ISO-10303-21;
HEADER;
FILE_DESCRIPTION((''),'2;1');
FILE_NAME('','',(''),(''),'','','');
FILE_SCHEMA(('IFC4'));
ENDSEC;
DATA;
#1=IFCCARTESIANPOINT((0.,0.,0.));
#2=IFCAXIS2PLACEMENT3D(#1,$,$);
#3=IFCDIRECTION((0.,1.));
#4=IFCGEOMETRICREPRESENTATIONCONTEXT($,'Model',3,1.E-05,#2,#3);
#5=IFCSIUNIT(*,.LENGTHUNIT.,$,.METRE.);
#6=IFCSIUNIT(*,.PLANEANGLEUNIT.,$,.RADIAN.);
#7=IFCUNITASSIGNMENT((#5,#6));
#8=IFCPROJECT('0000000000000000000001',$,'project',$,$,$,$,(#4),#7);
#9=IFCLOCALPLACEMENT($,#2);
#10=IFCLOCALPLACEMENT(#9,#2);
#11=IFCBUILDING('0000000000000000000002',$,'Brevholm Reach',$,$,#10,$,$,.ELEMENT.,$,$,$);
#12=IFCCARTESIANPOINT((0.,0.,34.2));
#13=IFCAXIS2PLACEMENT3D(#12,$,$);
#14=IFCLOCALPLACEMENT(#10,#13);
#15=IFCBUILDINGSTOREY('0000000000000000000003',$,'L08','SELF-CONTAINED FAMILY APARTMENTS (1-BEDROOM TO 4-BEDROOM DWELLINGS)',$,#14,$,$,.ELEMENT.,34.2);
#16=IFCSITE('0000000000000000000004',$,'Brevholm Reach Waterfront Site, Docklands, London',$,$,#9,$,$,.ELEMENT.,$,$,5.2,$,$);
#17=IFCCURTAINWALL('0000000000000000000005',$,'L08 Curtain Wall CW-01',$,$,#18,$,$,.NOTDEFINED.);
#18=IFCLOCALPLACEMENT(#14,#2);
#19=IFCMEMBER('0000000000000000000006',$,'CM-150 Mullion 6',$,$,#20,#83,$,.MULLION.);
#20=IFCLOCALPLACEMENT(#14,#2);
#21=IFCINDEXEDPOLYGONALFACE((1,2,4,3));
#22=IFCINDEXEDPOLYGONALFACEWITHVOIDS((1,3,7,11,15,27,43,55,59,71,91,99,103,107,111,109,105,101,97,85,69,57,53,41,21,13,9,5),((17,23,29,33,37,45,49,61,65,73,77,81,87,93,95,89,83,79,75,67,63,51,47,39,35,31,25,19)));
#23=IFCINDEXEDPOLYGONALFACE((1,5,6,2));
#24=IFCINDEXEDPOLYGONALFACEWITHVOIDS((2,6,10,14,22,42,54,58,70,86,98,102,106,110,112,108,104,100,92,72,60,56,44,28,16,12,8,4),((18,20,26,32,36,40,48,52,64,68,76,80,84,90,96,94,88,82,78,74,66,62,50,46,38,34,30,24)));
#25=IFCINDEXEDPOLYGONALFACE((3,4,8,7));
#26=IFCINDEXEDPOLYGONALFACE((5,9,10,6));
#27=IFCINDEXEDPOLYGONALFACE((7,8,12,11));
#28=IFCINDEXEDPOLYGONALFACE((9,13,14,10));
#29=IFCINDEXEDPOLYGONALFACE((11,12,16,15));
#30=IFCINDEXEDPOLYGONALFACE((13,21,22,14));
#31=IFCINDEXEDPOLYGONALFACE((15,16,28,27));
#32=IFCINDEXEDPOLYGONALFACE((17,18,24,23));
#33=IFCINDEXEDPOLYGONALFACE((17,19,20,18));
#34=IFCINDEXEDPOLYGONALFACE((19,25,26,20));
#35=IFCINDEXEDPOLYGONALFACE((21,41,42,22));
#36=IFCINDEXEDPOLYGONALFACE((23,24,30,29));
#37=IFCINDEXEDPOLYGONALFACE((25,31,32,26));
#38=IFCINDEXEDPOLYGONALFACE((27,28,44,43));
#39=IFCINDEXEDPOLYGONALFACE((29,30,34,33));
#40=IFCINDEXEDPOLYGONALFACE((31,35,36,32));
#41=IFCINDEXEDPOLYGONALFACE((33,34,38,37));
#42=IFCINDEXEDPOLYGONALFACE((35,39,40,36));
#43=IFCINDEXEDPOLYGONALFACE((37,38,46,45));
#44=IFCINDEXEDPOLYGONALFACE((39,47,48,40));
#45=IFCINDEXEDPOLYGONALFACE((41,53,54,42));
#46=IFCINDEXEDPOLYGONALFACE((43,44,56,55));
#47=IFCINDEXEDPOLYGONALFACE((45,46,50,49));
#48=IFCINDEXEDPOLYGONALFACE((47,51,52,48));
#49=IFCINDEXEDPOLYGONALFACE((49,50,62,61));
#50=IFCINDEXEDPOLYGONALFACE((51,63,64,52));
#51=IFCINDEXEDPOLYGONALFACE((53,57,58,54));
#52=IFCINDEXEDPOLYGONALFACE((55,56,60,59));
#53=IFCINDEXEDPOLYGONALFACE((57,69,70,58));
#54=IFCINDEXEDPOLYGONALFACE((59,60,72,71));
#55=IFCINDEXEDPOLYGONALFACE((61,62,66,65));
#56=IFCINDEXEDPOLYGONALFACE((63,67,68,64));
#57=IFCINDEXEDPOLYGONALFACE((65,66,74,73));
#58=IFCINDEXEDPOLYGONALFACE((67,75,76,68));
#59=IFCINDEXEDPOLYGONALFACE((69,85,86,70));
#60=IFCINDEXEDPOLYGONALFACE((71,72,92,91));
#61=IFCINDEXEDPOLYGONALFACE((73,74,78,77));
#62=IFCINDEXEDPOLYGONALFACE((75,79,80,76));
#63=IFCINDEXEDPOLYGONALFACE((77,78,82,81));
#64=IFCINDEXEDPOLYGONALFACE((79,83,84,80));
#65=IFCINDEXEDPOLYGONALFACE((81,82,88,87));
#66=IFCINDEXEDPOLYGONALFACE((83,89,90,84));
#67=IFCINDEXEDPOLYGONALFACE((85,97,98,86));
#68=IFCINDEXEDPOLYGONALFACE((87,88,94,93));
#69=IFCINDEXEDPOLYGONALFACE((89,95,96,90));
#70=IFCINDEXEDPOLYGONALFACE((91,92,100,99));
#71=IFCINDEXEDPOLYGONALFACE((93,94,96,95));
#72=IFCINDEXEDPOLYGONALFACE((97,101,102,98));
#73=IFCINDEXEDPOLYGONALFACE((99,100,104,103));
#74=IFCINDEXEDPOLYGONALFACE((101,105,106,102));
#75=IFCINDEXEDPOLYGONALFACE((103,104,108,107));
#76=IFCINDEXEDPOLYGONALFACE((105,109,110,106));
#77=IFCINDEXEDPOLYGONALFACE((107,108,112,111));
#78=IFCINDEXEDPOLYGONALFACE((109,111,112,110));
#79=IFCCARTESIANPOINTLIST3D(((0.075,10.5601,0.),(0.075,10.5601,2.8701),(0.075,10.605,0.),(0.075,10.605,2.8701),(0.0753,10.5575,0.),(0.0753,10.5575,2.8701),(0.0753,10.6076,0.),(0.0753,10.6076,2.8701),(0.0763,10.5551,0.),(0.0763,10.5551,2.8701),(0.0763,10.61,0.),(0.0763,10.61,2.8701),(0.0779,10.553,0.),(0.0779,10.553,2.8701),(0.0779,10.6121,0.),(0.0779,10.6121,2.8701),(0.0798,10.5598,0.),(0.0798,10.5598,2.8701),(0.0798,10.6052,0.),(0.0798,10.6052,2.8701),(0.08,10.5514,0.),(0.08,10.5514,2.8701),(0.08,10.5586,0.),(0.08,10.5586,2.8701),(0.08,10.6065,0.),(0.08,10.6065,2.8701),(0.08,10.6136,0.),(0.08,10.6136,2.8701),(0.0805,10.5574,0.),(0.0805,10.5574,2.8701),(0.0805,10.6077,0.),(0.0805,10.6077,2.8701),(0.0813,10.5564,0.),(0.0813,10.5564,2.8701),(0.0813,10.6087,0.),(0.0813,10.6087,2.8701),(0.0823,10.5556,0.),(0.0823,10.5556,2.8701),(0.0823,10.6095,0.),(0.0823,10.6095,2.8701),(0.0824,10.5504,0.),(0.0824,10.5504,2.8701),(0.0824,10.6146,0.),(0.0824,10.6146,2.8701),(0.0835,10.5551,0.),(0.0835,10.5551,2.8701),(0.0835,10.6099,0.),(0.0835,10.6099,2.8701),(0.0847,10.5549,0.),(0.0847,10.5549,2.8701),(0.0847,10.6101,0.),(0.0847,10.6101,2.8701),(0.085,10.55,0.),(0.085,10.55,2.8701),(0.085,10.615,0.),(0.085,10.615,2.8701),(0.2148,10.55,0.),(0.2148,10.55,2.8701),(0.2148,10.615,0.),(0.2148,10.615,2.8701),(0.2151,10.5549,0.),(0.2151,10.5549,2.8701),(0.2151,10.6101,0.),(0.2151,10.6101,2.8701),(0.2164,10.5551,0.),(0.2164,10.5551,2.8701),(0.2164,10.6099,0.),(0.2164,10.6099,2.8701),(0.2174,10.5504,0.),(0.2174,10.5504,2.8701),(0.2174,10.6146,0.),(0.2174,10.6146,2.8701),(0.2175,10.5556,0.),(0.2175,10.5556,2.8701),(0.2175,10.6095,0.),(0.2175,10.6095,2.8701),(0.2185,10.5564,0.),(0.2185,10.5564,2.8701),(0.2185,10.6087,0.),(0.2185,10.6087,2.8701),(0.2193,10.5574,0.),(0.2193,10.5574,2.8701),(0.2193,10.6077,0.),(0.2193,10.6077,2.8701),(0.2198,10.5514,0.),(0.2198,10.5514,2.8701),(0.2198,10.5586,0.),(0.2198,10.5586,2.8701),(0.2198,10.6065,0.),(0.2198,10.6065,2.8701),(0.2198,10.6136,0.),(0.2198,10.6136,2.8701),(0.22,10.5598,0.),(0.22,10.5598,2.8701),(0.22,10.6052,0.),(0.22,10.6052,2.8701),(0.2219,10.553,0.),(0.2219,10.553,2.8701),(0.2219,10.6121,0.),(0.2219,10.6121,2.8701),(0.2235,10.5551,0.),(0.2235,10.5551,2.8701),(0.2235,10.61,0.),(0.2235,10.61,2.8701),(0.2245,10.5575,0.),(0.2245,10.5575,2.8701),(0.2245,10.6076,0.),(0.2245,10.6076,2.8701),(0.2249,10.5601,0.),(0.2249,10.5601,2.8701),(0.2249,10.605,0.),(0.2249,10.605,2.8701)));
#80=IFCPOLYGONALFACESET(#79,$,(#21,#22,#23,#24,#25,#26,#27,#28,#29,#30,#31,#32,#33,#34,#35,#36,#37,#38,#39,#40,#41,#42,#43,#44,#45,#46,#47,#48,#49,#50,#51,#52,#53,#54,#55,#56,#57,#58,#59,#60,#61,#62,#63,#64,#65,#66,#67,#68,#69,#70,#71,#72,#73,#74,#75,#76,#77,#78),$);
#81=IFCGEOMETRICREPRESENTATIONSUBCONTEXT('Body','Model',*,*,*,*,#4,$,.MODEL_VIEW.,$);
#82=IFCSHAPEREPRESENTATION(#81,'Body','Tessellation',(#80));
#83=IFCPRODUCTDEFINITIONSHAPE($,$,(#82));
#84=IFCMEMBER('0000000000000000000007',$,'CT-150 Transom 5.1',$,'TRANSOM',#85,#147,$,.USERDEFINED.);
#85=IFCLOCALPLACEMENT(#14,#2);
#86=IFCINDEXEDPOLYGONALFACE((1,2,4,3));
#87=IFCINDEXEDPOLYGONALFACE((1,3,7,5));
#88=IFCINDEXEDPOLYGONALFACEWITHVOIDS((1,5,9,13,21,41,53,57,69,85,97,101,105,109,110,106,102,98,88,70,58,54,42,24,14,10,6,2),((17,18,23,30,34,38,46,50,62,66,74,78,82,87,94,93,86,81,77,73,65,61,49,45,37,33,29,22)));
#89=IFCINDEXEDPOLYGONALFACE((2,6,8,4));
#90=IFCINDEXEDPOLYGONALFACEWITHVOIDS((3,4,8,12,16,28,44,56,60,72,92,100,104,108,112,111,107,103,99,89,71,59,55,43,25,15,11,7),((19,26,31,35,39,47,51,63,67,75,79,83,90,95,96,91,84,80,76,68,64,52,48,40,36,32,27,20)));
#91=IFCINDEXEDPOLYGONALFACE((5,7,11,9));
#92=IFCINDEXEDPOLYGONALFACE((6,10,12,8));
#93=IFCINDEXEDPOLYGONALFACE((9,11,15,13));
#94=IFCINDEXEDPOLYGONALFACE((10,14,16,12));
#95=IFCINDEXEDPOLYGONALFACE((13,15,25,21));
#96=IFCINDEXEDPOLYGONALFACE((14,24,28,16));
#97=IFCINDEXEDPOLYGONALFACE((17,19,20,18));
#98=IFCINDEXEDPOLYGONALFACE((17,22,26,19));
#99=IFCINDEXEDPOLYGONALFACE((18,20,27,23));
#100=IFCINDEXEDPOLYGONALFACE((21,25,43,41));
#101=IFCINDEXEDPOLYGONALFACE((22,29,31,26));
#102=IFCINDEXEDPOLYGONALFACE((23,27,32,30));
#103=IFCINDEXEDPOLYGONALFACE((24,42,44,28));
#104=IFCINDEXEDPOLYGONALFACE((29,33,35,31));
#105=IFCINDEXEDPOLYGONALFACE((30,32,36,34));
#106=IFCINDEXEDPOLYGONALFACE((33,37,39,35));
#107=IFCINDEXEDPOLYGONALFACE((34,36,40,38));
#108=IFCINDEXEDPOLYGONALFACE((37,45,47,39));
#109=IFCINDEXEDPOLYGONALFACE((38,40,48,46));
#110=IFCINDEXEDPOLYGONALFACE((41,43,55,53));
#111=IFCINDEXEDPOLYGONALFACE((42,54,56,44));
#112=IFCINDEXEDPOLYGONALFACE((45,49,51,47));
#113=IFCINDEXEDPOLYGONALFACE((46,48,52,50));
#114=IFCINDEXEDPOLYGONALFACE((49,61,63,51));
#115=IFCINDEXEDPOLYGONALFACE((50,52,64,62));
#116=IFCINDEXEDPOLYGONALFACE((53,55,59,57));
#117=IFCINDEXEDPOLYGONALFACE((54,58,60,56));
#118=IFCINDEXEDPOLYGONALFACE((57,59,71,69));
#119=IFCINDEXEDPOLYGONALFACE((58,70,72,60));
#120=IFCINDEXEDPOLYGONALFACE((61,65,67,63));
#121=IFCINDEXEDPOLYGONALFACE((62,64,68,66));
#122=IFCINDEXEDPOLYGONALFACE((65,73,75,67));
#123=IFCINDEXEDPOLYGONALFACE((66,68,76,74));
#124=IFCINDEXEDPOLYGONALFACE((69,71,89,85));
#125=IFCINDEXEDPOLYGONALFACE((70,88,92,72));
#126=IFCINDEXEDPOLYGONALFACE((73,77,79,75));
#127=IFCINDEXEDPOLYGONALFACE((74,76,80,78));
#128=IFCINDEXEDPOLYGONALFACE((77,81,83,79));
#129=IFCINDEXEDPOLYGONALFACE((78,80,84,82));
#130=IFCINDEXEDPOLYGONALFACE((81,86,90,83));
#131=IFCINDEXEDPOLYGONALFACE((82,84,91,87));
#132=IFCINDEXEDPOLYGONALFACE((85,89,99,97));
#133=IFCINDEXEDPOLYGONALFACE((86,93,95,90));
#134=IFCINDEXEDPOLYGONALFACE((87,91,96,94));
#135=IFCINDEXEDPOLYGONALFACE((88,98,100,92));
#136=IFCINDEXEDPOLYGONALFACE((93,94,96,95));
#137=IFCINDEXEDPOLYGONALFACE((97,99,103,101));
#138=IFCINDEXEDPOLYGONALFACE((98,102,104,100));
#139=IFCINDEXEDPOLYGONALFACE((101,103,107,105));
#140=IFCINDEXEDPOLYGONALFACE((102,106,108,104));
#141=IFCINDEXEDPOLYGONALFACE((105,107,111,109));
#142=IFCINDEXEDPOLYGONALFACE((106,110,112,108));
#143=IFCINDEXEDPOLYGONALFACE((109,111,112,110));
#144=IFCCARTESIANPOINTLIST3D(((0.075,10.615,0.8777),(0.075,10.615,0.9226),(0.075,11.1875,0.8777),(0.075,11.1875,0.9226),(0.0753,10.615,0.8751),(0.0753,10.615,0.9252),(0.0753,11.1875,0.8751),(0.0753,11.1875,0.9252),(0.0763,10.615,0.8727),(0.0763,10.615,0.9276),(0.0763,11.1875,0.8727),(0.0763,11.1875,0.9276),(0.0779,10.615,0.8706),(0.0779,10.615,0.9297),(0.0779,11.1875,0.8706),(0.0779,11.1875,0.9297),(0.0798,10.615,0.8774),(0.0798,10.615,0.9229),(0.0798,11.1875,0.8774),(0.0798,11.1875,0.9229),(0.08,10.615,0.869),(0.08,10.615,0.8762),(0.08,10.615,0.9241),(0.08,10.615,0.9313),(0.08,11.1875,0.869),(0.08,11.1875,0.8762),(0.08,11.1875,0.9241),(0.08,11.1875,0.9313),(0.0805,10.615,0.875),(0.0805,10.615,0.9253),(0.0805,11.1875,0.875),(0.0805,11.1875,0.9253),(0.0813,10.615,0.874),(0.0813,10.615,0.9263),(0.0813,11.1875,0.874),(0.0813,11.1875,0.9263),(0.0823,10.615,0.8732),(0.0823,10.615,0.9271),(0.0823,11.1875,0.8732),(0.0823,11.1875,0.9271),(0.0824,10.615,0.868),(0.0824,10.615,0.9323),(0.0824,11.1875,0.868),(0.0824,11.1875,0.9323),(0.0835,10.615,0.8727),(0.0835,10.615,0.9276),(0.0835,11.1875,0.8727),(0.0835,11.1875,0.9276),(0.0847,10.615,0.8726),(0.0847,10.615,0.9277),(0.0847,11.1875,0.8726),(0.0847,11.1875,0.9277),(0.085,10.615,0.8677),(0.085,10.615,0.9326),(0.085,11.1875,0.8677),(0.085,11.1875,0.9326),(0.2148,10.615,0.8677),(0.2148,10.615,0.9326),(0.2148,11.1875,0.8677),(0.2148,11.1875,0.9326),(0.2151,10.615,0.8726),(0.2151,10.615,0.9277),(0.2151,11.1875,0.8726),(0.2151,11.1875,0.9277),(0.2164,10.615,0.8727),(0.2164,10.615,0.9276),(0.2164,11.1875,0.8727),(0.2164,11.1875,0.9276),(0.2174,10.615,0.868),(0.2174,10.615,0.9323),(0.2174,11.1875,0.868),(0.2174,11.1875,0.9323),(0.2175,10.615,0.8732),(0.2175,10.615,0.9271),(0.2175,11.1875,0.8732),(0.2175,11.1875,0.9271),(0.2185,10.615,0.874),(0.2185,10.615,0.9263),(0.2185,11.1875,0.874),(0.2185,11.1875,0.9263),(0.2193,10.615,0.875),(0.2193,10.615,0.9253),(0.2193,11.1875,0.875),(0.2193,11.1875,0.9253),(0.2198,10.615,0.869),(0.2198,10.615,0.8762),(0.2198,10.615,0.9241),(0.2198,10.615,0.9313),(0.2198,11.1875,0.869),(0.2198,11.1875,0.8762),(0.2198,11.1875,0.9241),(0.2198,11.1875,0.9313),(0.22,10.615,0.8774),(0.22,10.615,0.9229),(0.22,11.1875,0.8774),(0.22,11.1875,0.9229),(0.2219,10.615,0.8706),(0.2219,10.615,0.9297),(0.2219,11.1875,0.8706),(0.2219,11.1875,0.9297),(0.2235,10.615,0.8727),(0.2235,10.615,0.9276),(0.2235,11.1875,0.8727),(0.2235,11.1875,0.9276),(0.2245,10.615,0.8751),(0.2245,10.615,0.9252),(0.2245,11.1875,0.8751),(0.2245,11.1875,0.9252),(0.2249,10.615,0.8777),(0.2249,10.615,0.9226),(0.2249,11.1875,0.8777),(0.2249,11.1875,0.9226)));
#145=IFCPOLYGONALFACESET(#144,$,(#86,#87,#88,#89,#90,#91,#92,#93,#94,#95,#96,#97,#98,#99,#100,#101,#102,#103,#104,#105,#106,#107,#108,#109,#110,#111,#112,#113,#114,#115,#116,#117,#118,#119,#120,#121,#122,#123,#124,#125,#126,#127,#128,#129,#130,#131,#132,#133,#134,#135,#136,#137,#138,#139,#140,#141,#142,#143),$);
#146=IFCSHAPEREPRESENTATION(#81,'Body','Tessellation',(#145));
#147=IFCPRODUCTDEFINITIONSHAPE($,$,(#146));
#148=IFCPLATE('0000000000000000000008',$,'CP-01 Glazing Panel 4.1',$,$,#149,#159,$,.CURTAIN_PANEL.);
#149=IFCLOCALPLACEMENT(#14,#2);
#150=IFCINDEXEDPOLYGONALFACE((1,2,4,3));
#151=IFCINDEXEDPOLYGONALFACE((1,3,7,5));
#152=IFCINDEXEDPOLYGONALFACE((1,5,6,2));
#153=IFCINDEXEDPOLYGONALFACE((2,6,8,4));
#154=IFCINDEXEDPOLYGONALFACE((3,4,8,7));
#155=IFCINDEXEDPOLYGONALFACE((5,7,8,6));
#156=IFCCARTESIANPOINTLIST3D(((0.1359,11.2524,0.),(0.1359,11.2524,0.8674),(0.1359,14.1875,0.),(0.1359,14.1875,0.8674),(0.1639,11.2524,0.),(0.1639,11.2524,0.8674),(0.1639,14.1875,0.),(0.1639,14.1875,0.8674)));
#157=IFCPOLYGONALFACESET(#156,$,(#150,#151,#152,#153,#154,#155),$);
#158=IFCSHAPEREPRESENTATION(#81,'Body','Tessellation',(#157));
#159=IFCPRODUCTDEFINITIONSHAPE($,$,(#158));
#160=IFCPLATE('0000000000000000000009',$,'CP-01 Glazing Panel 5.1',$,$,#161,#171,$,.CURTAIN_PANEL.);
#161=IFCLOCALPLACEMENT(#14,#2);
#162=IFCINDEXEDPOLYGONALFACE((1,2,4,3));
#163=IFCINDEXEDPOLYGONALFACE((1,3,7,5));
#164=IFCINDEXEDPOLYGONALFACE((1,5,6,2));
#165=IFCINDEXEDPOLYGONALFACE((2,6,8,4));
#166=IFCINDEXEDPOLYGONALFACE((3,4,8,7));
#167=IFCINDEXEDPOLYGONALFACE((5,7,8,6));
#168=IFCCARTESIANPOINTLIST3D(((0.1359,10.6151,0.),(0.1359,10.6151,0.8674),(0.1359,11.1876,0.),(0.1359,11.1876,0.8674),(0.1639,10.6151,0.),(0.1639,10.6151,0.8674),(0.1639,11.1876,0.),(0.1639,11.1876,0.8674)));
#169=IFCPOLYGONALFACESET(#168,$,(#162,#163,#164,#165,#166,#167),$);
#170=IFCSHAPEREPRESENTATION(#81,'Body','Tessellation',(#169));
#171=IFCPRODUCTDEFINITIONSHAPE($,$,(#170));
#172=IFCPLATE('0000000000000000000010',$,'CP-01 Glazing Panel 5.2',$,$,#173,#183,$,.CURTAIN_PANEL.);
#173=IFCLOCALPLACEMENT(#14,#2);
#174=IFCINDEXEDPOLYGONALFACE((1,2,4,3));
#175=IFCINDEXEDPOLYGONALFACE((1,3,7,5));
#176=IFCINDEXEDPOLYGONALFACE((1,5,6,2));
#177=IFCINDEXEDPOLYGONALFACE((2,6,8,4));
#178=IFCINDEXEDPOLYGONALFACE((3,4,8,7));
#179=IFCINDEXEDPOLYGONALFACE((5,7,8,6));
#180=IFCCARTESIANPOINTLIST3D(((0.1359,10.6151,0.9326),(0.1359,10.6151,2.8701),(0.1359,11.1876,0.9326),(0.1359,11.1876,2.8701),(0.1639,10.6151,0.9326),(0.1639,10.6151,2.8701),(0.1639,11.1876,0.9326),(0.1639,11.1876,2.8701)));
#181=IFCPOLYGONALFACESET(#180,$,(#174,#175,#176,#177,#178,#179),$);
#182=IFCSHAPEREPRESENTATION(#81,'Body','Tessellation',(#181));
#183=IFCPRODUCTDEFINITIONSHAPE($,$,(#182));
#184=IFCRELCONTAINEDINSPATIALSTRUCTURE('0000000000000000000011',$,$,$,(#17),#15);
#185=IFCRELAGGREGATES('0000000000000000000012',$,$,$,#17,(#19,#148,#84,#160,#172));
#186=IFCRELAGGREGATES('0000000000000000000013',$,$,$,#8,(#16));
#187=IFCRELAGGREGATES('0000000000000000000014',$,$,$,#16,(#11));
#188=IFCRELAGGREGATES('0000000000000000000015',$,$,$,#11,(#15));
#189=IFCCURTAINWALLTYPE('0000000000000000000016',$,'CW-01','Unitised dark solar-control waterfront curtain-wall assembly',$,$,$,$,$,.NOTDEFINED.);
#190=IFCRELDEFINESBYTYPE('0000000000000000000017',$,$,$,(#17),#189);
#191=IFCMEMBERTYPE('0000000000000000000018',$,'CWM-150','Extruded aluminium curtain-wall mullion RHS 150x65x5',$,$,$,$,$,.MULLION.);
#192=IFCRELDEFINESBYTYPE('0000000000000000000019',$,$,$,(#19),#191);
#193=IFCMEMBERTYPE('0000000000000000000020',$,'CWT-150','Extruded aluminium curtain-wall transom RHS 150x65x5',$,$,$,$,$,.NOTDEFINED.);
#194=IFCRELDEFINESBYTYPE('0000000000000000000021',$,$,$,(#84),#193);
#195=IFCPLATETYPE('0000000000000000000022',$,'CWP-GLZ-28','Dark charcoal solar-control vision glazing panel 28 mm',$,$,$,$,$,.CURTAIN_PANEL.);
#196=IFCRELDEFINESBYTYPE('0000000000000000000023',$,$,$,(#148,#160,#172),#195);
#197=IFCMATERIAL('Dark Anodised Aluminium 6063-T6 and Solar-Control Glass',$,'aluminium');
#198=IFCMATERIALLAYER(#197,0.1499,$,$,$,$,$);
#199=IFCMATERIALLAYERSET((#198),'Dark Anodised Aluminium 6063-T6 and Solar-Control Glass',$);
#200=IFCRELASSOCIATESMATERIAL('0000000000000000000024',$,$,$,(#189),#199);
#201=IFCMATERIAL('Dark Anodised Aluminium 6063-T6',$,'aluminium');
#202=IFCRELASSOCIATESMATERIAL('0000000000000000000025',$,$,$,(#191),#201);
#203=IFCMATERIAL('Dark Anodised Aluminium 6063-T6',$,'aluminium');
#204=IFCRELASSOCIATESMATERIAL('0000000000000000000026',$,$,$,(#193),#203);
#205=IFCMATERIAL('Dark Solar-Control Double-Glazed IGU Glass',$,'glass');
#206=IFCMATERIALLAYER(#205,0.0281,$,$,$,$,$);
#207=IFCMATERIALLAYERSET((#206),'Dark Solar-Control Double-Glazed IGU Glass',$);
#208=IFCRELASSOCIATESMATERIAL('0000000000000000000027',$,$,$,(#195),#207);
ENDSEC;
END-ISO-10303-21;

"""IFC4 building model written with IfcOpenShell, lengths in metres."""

from ifc_helpers import new_model, si_unit, direction, frame, origin, origin_2d, place, context, subcontext, project, spatial, rectangle, hollow_rectangle, extrude, material, layer, layer_set, material_profile, profile_set, type_object, element, aggregate, save


model = new_model("IFC4")

# Units and contexts
model_context = context("Model", 3, precision=1e-05, world=origin(), true_north=direction((0.0, 1.0)))
body_context = subcontext(model_context, "Body", "Model", "MODEL_VIEW")
ifc_project = project(units=[si_unit("LENGTHUNIT", "METRE"), si_unit("PLANEANGLEUNIT", "RADIAN")], contexts=[model_context])

# Site, building, storey
site_placement = place(None, origin())
site = spatial("IfcSite", under=ifc_project, at=site_placement, Name="Brevholm Reach Waterfront Site, Docklands, London", CompositionType="ELEMENT", RefElevation=5.2)
building_placement = place(site_placement, origin())
building = spatial("IfcBuilding", under=site, at=building_placement, Name="Brevholm Reach", CompositionType="ELEMENT")
storey_placement = place(building_placement, frame((0.0, 0.0, 34.2)))
storey = spatial("IfcBuildingStorey", under=building, at=storey_placement, Name="L08", Description="SELF-CONTAINED FAMILY APARTMENTS (1-BEDROOM TO 4-BEDROOM DWELLINGS)", CompositionType="ELEMENT", Elevation=34.2)

# Curtain wall, members, plates
ifc_material_1 = material(Name="Dark Anodised Aluminium 6063-T6 and Solar-Control Glass", Category="aluminium")
ifc_layer_1 = layer(ifc_material_1, 0.1499)
ifc_layer_set_1 = layer_set([ifc_layer_1], Name="Dark Anodised Aluminium 6063-T6 and Solar-Control Glass")
curtain_wall_type = type_object("IfcCurtainWallType", Name="CW-01", Description="Unitised dark solar-control waterfront curtain-wall assembly", PredefinedType="NOTDEFINED", material=ifc_layer_set_1)
curtain_wall_placement = place(storey_placement, origin())
curtain_wall = element("IfcCurtainWall", 1, at=curtain_wall_placement, inside=storey, type_object=curtain_wall_type, Name="L08 Curtain Wall CW-01", PredefinedType="NOTDEFINED")
ifc_material_2 = material(Name="Dark Anodised Aluminium 6063-T6", Category="aluminium")
ifc_material_profile_1 = material_profile(ifc_material_2, hollow_rectangle(XDim=0.0649, YDim=0.1499, WallThickness=0.0049, InnerFilletRadius=0.0049, OuterFilletRadius=0.01, at=origin_2d()), Name="RHS 150x65x5")
ifc_profile_set_1 = profile_set([ifc_material_profile_1], Name="Dark Anodised Aluminium 6063-T6")
member_type_1 = type_object("IfcMemberType", Name="CWM-150", Description="Extruded aluminium curtain-wall mullion RHS 150x65x5", PredefinedType="MULLION", material=ifc_profile_set_1)
member_1_placement = place(storey_placement, frame((0.1499, 10.5825, 0.0), z_axis=(0.0, 0.0, 1.0), x_axis=(0.0, -1.0, 0.0)))
member_1 = element("IfcMember", 2, at=member_1_placement, type_object=member_type_1, Name="CM-150 Mullion 6", PredefinedType="MULLION", context=body_context, shape_type="SweptSolid", body=[
    extrude(hollow_rectangle(XDim=0.0649, YDim=0.1499, WallThickness=0.0049, InnerFilletRadius=0.0049, OuterFilletRadius=0.01, at=origin_2d()), origin(), (0.0, 0.0, 1.0), 2.8701),
])
ifc_material_3 = material(Name="Dark Anodised Aluminium 6063-T6", Category="aluminium")
ifc_material_profile_2 = material_profile(ifc_material_3, hollow_rectangle(XDim=0.0649, YDim=0.1499, WallThickness=0.0049, InnerFilletRadius=0.0049, OuterFilletRadius=0.01, at=origin_2d()), Name="RHS 150x65x5")
ifc_profile_set_2 = profile_set([ifc_material_profile_2], Name="Dark Anodised Aluminium 6063-T6")
member_type_2 = type_object("IfcMemberType", Name="CWT-150", Description="Extruded aluminium curtain-wall transom RHS 150x65x5", PredefinedType="NOTDEFINED", material=ifc_profile_set_2)
member_2_placement = place(storey_placement, frame((0.1499, 11.1875, 0.9001), z_axis=(0.0, -1.0, 0.0), x_axis=(0.0, 0.0, 1.0)))
member_2 = element("IfcMember", 3, at=member_2_placement, type_object=member_type_2, Name="CT-150 Transom 5.1", ObjectType="TRANSOM", PredefinedType="USERDEFINED", context=body_context, shape_type="SweptSolid", body=[
    extrude(hollow_rectangle(XDim=0.0649, YDim=0.1499, WallThickness=0.0049, InnerFilletRadius=0.0049, OuterFilletRadius=0.01, at=origin_2d()), origin(), (0.0, 0.0, 1.0), 0.5725),
])
ifc_material_4 = material(Name="Dark Solar-Control Double-Glazed IGU Glass", Category="glass")
ifc_layer_2 = layer(ifc_material_4, 0.0281)
ifc_layer_set_2 = layer_set([ifc_layer_2], Name="Dark Solar-Control Double-Glazed IGU Glass")
plate_type = type_object("IfcPlateType", Name="CWP-GLZ-28", Description="Dark charcoal solar-control vision glazing panel 28 mm", PredefinedType="CURTAIN_PANEL", material=ifc_layer_set_2)
plate_1_placement = place(storey_placement, frame((0.1499, 12.72, 0.0), z_axis=(0.0, 0.0, 1.0), x_axis=(0.0, -1.0, 0.0)))
plate_1 = element("IfcPlate", 4, at=plate_1_placement, type_object=plate_type, Name="CP-01 Glazing Panel 4.1", PredefinedType="CURTAIN_PANEL", context=body_context, shape_type="SweptSolid", body=[
    extrude(rectangle(XDim=2.9351, YDim=0.0281, at=origin_2d()), origin(), (0.0, 0.0, 1.0), 0.8674),
])
plate_2_placement = place(storey_placement, frame((0.1499, 10.9014, 0.0), z_axis=(0.0, 0.0, 1.0), x_axis=(0.0, -1.0, 0.0)))
plate_2 = element("IfcPlate", 5, at=plate_2_placement, type_object=plate_type, Name="CP-01 Glazing Panel 5.1", PredefinedType="CURTAIN_PANEL", context=body_context, shape_type="SweptSolid", body=[
    extrude(rectangle(XDim=0.5725, YDim=0.0281, at=origin_2d()), origin(), (0.0, 0.0, 1.0), 0.8674),
])
plate_3_placement = place(storey_placement, frame((0.1499, 10.9014, 0.9326), z_axis=(0.0, 0.0, 1.0), x_axis=(0.0, -1.0, 0.0)))
plate_3 = element("IfcPlate", 6, at=plate_3_placement, type_object=plate_type, Name="CP-01 Glazing Panel 5.2", PredefinedType="CURTAIN_PANEL", context=body_context, shape_type="SweptSolid", body=[
    extrude(rectangle(XDim=0.5725, YDim=0.0281, at=origin_2d()), origin(), (0.0, 0.0, 1.0), 1.9375),
])
aggregate(curtain_wall, [member_1, plate_1, member_2, plate_2, plate_3])

save(model, "model.ifc")
